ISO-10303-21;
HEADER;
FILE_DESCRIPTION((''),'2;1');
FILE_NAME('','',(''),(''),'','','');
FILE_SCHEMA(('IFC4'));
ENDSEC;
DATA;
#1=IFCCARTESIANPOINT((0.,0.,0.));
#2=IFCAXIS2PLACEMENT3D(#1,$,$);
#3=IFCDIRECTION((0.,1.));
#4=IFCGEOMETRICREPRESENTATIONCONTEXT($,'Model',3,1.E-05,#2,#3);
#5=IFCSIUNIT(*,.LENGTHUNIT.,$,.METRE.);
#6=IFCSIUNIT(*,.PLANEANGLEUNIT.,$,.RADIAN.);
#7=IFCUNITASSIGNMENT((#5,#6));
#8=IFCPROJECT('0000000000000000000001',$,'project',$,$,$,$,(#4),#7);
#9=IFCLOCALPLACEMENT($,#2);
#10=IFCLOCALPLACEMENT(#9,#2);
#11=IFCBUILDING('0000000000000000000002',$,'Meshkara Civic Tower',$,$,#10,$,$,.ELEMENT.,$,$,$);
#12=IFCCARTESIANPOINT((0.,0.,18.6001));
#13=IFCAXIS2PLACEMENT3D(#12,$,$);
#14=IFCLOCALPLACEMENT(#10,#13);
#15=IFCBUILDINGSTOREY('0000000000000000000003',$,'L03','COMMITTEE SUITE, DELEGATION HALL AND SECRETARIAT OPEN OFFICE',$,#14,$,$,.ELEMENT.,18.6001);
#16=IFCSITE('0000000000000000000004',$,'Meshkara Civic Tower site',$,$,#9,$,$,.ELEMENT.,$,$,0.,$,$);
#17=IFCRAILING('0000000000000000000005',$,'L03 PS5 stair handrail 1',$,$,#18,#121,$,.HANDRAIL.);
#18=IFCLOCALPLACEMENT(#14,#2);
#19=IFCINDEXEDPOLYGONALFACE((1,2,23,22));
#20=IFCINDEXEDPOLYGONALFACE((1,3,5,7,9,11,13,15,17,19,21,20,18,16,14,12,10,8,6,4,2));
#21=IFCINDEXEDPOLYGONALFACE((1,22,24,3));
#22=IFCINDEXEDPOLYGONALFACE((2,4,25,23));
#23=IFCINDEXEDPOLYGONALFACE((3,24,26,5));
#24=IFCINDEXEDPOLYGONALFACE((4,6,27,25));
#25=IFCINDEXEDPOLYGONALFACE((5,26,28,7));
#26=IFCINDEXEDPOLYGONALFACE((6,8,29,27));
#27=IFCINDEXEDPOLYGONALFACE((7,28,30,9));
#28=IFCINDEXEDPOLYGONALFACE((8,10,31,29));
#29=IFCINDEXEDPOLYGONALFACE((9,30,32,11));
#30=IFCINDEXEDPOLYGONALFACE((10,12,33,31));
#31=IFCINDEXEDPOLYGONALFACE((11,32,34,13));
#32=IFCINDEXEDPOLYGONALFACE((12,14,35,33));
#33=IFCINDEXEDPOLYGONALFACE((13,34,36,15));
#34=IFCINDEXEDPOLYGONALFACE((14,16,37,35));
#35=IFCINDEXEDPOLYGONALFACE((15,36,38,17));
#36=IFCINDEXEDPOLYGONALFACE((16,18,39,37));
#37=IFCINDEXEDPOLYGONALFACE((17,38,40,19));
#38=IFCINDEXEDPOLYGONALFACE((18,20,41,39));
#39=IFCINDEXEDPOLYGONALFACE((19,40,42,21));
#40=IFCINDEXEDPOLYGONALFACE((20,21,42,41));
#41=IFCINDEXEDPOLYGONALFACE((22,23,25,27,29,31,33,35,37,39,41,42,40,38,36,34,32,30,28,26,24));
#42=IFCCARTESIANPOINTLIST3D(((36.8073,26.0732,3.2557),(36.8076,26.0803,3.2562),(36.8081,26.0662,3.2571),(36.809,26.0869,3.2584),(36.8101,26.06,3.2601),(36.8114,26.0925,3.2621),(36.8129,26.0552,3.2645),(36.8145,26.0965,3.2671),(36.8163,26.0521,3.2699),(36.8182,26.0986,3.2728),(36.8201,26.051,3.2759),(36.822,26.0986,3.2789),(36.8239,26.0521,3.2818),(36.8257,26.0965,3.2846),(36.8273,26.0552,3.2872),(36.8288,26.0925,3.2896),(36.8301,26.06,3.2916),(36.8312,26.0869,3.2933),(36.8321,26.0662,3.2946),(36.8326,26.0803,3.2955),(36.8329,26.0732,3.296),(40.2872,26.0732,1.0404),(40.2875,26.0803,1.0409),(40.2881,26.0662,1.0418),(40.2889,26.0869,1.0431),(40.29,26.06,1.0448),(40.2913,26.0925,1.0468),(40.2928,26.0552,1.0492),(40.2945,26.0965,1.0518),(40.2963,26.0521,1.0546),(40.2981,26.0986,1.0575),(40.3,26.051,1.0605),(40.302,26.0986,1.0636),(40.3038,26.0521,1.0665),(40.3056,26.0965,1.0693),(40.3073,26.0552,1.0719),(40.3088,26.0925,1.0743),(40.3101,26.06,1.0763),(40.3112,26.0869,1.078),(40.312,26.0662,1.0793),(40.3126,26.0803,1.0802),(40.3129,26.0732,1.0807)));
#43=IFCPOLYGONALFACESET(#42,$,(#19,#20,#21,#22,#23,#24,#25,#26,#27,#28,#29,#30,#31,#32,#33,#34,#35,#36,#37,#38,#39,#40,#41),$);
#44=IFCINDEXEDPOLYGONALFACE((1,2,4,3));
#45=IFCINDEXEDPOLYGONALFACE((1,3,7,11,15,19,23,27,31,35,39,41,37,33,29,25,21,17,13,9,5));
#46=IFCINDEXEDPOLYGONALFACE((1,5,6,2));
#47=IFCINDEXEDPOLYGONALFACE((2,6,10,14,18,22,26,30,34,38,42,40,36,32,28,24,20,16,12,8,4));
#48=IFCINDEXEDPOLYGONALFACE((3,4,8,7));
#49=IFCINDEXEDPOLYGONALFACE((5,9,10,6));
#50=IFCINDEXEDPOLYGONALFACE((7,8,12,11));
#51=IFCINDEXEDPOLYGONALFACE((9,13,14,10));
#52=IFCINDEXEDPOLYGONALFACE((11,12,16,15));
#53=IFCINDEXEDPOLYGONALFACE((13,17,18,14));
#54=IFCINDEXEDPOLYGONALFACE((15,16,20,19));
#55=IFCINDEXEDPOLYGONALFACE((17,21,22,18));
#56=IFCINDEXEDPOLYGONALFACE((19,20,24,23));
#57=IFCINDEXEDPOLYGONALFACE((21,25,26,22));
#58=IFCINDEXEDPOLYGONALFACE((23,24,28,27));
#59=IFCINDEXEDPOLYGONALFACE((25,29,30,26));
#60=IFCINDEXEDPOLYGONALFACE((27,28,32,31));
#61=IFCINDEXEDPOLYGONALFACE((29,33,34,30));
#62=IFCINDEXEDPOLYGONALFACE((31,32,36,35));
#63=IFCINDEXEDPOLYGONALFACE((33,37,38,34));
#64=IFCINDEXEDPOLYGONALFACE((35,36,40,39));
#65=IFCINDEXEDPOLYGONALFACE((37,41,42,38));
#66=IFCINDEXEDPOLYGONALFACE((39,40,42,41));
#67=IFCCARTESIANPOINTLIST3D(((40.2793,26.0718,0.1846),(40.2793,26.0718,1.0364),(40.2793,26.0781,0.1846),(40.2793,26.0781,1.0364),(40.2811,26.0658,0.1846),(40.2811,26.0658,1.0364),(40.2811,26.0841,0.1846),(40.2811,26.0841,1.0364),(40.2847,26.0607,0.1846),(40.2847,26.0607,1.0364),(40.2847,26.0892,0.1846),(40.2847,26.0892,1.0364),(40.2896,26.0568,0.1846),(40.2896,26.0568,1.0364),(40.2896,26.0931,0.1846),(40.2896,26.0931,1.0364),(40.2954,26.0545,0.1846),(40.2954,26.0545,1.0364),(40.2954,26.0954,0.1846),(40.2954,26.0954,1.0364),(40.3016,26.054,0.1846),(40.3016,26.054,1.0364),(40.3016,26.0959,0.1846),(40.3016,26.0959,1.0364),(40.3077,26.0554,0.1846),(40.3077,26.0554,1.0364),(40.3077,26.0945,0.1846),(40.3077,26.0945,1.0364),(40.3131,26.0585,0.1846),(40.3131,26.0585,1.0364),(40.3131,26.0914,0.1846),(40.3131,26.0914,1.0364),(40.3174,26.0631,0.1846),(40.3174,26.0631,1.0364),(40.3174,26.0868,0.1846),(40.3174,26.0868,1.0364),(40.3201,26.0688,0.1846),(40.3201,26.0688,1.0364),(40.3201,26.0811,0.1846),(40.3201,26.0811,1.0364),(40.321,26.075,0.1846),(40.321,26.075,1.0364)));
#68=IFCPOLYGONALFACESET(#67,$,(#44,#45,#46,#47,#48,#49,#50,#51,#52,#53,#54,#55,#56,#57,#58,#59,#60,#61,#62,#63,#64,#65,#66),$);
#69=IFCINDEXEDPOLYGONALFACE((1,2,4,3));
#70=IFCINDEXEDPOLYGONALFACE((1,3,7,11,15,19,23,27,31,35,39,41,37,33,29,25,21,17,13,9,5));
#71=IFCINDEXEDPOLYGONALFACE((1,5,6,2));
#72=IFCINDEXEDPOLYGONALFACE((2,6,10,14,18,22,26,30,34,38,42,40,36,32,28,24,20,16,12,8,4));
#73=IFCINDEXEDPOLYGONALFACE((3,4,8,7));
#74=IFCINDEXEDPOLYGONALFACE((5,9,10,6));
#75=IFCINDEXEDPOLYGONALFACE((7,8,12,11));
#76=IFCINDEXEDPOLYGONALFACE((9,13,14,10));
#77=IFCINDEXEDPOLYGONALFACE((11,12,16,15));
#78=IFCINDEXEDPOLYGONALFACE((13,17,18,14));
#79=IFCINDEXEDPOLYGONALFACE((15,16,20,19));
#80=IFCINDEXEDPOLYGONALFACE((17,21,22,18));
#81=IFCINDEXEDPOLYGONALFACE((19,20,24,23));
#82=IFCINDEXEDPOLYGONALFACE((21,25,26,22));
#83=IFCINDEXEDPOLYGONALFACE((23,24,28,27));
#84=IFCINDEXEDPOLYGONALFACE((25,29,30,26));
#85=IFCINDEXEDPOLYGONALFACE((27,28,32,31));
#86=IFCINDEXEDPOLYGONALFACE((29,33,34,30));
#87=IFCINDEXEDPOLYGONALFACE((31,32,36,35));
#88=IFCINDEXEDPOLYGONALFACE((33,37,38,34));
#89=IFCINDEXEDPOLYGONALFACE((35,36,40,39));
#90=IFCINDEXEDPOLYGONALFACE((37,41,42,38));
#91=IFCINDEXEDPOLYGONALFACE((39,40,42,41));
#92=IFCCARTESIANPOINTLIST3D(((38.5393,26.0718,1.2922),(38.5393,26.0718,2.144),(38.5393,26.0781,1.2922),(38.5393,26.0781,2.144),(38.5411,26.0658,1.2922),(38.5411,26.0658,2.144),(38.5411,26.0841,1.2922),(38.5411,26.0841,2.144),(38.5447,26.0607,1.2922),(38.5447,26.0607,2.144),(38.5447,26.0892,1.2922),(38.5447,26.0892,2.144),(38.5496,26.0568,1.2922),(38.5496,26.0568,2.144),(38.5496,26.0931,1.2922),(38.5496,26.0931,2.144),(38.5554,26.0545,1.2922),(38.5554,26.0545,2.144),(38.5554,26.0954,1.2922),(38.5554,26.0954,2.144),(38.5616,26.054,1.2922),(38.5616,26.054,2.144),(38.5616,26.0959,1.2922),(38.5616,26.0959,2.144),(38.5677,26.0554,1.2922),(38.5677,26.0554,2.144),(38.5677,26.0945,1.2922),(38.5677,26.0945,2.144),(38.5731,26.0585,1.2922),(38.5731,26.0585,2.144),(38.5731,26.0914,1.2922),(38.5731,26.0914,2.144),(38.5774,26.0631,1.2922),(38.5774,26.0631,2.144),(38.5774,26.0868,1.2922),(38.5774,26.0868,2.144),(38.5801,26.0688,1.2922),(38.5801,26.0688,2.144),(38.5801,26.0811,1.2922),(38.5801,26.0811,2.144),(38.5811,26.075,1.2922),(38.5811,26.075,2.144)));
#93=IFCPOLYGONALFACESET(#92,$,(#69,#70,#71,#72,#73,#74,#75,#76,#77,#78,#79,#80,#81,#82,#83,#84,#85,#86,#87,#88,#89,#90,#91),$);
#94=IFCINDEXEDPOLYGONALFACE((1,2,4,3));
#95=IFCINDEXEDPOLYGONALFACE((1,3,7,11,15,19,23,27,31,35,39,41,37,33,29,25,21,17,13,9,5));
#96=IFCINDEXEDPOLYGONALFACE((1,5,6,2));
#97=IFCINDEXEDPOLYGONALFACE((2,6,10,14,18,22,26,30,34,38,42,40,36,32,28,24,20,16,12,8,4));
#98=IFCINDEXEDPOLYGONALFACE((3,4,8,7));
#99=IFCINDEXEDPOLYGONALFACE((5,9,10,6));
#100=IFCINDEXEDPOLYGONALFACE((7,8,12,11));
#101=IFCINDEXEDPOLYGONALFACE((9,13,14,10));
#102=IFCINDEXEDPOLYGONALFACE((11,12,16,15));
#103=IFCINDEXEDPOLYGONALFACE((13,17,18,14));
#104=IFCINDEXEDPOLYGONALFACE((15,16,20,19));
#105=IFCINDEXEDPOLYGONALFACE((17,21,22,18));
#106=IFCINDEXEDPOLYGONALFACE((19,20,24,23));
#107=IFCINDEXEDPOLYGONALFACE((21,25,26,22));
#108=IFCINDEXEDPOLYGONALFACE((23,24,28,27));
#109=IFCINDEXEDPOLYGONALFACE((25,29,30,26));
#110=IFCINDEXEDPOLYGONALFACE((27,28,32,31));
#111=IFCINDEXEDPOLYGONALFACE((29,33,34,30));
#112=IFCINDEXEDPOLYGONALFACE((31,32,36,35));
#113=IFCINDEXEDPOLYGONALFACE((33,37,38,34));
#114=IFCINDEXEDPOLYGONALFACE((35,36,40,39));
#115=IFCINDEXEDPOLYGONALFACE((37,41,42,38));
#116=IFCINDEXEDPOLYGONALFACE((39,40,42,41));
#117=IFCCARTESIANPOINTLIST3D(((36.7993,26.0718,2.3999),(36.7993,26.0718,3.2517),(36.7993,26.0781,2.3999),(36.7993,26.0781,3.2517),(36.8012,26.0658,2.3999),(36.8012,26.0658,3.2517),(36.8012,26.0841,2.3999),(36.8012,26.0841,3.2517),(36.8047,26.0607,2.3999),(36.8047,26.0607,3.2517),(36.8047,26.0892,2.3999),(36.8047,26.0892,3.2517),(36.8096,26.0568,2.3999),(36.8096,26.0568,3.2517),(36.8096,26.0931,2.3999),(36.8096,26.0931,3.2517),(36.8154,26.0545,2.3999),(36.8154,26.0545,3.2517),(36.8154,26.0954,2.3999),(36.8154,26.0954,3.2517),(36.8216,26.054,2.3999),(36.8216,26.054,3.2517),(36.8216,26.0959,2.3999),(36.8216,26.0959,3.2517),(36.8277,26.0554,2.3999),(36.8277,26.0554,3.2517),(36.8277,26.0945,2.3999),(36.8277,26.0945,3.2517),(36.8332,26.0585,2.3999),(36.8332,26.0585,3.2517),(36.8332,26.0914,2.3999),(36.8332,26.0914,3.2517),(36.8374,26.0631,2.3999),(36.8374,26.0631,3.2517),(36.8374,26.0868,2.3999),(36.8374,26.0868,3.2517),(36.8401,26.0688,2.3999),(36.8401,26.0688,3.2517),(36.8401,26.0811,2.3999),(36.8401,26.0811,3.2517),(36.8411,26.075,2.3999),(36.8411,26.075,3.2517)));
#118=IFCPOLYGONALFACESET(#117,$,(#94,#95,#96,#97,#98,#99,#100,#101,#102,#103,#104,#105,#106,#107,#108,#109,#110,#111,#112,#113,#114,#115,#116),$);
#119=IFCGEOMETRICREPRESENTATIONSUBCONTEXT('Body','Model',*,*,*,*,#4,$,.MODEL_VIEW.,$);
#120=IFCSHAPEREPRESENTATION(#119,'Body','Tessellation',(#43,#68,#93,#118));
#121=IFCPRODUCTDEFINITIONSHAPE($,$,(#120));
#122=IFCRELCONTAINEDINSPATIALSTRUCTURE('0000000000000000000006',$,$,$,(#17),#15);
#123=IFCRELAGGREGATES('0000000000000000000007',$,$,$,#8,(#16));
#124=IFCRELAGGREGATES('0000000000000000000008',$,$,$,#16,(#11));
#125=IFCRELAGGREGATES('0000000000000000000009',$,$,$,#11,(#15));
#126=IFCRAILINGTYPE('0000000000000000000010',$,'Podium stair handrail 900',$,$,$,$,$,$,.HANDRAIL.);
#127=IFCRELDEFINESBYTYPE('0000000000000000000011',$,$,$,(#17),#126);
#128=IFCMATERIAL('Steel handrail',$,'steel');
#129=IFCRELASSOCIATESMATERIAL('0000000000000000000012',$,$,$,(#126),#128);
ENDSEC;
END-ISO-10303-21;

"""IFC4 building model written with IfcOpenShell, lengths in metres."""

from ifc_helpers import new_model, si_unit, direction, frame, origin, origin_2d, place, context, subcontext, project, spatial, circle, extrude, material, type_object, element, save


model = new_model("IFC4")

# Units and contexts
model_context = context("Model", 3, precision=1e-05, world=origin(), true_north=direction((0.0, 1.0)))
body_context = subcontext(model_context, "Body", "Model", "MODEL_VIEW")
ifc_project = project(units=[si_unit("LENGTHUNIT", "METRE"), si_unit("PLANEANGLEUNIT", "RADIAN")], contexts=[model_context])

# Site, building, storey
site_placement = place(None, origin())
site = spatial("IfcSite", under=ifc_project, at=site_placement, Name="Meshkara Civic Tower site", CompositionType="ELEMENT", RefElevation=0.0)
building_placement = place(site_placement, origin())
building = spatial("IfcBuilding", under=site, at=building_placement, Name="Meshkara Civic Tower", CompositionType="ELEMENT")
storey_placement = place(building_placement, frame((0.0, 0.0, 18.6001)))
storey = spatial("IfcBuildingStorey", under=building, at=storey_placement, Name="L03", Description="COMMITTEE SUITE, DELEGATION HALL AND SECRETARIAT OPEN OFFICE", CompositionType="ELEMENT", Elevation=18.6001)

# Railing
ifc_material_1 = material(Name="Steel handrail", Category="steel")
railing_type_1 = type_object("IfcRailingType", Name="Podium stair handrail 900", PredefinedType="HANDRAIL", material=ifc_material_1)
railing_1_placement = place(storey_placement, frame((40.3, 26.075, 0.1846)))
element("IfcRailing", 1, at=railing_1_placement, inside=storey, type_object=railing_type_1, Name="L03 PS5 stair handrail 1", PredefinedType="HANDRAIL", context=body_context, shape_type="SweptSolid", body=[
    extrude(circle(Radius=0.0239, at=origin_2d()), frame((0.0, 0.0, 0.876), z_axis=(-0.843574, 0.0, 0.537013), x_axis=(0.0, -1.0, 0.0)), (0.0, 0.0, 1.0), 4.1252),
    extrude(circle(Radius=0.021, at=origin_2d()), origin(), (0.0, 0.0, 1.0), 0.8518),
    extrude(circle(Radius=0.021, at=origin_2d()), frame((-1.74, 0.0, 1.1077)), (0.0, 0.0, 1.0), 0.8518),
    extrude(circle(Radius=0.021, at=origin_2d()), frame((-3.48, 0.0, 2.2153)), (0.0, 0.0, 1.0), 0.8518),
])

save(model, "model.ifc")
